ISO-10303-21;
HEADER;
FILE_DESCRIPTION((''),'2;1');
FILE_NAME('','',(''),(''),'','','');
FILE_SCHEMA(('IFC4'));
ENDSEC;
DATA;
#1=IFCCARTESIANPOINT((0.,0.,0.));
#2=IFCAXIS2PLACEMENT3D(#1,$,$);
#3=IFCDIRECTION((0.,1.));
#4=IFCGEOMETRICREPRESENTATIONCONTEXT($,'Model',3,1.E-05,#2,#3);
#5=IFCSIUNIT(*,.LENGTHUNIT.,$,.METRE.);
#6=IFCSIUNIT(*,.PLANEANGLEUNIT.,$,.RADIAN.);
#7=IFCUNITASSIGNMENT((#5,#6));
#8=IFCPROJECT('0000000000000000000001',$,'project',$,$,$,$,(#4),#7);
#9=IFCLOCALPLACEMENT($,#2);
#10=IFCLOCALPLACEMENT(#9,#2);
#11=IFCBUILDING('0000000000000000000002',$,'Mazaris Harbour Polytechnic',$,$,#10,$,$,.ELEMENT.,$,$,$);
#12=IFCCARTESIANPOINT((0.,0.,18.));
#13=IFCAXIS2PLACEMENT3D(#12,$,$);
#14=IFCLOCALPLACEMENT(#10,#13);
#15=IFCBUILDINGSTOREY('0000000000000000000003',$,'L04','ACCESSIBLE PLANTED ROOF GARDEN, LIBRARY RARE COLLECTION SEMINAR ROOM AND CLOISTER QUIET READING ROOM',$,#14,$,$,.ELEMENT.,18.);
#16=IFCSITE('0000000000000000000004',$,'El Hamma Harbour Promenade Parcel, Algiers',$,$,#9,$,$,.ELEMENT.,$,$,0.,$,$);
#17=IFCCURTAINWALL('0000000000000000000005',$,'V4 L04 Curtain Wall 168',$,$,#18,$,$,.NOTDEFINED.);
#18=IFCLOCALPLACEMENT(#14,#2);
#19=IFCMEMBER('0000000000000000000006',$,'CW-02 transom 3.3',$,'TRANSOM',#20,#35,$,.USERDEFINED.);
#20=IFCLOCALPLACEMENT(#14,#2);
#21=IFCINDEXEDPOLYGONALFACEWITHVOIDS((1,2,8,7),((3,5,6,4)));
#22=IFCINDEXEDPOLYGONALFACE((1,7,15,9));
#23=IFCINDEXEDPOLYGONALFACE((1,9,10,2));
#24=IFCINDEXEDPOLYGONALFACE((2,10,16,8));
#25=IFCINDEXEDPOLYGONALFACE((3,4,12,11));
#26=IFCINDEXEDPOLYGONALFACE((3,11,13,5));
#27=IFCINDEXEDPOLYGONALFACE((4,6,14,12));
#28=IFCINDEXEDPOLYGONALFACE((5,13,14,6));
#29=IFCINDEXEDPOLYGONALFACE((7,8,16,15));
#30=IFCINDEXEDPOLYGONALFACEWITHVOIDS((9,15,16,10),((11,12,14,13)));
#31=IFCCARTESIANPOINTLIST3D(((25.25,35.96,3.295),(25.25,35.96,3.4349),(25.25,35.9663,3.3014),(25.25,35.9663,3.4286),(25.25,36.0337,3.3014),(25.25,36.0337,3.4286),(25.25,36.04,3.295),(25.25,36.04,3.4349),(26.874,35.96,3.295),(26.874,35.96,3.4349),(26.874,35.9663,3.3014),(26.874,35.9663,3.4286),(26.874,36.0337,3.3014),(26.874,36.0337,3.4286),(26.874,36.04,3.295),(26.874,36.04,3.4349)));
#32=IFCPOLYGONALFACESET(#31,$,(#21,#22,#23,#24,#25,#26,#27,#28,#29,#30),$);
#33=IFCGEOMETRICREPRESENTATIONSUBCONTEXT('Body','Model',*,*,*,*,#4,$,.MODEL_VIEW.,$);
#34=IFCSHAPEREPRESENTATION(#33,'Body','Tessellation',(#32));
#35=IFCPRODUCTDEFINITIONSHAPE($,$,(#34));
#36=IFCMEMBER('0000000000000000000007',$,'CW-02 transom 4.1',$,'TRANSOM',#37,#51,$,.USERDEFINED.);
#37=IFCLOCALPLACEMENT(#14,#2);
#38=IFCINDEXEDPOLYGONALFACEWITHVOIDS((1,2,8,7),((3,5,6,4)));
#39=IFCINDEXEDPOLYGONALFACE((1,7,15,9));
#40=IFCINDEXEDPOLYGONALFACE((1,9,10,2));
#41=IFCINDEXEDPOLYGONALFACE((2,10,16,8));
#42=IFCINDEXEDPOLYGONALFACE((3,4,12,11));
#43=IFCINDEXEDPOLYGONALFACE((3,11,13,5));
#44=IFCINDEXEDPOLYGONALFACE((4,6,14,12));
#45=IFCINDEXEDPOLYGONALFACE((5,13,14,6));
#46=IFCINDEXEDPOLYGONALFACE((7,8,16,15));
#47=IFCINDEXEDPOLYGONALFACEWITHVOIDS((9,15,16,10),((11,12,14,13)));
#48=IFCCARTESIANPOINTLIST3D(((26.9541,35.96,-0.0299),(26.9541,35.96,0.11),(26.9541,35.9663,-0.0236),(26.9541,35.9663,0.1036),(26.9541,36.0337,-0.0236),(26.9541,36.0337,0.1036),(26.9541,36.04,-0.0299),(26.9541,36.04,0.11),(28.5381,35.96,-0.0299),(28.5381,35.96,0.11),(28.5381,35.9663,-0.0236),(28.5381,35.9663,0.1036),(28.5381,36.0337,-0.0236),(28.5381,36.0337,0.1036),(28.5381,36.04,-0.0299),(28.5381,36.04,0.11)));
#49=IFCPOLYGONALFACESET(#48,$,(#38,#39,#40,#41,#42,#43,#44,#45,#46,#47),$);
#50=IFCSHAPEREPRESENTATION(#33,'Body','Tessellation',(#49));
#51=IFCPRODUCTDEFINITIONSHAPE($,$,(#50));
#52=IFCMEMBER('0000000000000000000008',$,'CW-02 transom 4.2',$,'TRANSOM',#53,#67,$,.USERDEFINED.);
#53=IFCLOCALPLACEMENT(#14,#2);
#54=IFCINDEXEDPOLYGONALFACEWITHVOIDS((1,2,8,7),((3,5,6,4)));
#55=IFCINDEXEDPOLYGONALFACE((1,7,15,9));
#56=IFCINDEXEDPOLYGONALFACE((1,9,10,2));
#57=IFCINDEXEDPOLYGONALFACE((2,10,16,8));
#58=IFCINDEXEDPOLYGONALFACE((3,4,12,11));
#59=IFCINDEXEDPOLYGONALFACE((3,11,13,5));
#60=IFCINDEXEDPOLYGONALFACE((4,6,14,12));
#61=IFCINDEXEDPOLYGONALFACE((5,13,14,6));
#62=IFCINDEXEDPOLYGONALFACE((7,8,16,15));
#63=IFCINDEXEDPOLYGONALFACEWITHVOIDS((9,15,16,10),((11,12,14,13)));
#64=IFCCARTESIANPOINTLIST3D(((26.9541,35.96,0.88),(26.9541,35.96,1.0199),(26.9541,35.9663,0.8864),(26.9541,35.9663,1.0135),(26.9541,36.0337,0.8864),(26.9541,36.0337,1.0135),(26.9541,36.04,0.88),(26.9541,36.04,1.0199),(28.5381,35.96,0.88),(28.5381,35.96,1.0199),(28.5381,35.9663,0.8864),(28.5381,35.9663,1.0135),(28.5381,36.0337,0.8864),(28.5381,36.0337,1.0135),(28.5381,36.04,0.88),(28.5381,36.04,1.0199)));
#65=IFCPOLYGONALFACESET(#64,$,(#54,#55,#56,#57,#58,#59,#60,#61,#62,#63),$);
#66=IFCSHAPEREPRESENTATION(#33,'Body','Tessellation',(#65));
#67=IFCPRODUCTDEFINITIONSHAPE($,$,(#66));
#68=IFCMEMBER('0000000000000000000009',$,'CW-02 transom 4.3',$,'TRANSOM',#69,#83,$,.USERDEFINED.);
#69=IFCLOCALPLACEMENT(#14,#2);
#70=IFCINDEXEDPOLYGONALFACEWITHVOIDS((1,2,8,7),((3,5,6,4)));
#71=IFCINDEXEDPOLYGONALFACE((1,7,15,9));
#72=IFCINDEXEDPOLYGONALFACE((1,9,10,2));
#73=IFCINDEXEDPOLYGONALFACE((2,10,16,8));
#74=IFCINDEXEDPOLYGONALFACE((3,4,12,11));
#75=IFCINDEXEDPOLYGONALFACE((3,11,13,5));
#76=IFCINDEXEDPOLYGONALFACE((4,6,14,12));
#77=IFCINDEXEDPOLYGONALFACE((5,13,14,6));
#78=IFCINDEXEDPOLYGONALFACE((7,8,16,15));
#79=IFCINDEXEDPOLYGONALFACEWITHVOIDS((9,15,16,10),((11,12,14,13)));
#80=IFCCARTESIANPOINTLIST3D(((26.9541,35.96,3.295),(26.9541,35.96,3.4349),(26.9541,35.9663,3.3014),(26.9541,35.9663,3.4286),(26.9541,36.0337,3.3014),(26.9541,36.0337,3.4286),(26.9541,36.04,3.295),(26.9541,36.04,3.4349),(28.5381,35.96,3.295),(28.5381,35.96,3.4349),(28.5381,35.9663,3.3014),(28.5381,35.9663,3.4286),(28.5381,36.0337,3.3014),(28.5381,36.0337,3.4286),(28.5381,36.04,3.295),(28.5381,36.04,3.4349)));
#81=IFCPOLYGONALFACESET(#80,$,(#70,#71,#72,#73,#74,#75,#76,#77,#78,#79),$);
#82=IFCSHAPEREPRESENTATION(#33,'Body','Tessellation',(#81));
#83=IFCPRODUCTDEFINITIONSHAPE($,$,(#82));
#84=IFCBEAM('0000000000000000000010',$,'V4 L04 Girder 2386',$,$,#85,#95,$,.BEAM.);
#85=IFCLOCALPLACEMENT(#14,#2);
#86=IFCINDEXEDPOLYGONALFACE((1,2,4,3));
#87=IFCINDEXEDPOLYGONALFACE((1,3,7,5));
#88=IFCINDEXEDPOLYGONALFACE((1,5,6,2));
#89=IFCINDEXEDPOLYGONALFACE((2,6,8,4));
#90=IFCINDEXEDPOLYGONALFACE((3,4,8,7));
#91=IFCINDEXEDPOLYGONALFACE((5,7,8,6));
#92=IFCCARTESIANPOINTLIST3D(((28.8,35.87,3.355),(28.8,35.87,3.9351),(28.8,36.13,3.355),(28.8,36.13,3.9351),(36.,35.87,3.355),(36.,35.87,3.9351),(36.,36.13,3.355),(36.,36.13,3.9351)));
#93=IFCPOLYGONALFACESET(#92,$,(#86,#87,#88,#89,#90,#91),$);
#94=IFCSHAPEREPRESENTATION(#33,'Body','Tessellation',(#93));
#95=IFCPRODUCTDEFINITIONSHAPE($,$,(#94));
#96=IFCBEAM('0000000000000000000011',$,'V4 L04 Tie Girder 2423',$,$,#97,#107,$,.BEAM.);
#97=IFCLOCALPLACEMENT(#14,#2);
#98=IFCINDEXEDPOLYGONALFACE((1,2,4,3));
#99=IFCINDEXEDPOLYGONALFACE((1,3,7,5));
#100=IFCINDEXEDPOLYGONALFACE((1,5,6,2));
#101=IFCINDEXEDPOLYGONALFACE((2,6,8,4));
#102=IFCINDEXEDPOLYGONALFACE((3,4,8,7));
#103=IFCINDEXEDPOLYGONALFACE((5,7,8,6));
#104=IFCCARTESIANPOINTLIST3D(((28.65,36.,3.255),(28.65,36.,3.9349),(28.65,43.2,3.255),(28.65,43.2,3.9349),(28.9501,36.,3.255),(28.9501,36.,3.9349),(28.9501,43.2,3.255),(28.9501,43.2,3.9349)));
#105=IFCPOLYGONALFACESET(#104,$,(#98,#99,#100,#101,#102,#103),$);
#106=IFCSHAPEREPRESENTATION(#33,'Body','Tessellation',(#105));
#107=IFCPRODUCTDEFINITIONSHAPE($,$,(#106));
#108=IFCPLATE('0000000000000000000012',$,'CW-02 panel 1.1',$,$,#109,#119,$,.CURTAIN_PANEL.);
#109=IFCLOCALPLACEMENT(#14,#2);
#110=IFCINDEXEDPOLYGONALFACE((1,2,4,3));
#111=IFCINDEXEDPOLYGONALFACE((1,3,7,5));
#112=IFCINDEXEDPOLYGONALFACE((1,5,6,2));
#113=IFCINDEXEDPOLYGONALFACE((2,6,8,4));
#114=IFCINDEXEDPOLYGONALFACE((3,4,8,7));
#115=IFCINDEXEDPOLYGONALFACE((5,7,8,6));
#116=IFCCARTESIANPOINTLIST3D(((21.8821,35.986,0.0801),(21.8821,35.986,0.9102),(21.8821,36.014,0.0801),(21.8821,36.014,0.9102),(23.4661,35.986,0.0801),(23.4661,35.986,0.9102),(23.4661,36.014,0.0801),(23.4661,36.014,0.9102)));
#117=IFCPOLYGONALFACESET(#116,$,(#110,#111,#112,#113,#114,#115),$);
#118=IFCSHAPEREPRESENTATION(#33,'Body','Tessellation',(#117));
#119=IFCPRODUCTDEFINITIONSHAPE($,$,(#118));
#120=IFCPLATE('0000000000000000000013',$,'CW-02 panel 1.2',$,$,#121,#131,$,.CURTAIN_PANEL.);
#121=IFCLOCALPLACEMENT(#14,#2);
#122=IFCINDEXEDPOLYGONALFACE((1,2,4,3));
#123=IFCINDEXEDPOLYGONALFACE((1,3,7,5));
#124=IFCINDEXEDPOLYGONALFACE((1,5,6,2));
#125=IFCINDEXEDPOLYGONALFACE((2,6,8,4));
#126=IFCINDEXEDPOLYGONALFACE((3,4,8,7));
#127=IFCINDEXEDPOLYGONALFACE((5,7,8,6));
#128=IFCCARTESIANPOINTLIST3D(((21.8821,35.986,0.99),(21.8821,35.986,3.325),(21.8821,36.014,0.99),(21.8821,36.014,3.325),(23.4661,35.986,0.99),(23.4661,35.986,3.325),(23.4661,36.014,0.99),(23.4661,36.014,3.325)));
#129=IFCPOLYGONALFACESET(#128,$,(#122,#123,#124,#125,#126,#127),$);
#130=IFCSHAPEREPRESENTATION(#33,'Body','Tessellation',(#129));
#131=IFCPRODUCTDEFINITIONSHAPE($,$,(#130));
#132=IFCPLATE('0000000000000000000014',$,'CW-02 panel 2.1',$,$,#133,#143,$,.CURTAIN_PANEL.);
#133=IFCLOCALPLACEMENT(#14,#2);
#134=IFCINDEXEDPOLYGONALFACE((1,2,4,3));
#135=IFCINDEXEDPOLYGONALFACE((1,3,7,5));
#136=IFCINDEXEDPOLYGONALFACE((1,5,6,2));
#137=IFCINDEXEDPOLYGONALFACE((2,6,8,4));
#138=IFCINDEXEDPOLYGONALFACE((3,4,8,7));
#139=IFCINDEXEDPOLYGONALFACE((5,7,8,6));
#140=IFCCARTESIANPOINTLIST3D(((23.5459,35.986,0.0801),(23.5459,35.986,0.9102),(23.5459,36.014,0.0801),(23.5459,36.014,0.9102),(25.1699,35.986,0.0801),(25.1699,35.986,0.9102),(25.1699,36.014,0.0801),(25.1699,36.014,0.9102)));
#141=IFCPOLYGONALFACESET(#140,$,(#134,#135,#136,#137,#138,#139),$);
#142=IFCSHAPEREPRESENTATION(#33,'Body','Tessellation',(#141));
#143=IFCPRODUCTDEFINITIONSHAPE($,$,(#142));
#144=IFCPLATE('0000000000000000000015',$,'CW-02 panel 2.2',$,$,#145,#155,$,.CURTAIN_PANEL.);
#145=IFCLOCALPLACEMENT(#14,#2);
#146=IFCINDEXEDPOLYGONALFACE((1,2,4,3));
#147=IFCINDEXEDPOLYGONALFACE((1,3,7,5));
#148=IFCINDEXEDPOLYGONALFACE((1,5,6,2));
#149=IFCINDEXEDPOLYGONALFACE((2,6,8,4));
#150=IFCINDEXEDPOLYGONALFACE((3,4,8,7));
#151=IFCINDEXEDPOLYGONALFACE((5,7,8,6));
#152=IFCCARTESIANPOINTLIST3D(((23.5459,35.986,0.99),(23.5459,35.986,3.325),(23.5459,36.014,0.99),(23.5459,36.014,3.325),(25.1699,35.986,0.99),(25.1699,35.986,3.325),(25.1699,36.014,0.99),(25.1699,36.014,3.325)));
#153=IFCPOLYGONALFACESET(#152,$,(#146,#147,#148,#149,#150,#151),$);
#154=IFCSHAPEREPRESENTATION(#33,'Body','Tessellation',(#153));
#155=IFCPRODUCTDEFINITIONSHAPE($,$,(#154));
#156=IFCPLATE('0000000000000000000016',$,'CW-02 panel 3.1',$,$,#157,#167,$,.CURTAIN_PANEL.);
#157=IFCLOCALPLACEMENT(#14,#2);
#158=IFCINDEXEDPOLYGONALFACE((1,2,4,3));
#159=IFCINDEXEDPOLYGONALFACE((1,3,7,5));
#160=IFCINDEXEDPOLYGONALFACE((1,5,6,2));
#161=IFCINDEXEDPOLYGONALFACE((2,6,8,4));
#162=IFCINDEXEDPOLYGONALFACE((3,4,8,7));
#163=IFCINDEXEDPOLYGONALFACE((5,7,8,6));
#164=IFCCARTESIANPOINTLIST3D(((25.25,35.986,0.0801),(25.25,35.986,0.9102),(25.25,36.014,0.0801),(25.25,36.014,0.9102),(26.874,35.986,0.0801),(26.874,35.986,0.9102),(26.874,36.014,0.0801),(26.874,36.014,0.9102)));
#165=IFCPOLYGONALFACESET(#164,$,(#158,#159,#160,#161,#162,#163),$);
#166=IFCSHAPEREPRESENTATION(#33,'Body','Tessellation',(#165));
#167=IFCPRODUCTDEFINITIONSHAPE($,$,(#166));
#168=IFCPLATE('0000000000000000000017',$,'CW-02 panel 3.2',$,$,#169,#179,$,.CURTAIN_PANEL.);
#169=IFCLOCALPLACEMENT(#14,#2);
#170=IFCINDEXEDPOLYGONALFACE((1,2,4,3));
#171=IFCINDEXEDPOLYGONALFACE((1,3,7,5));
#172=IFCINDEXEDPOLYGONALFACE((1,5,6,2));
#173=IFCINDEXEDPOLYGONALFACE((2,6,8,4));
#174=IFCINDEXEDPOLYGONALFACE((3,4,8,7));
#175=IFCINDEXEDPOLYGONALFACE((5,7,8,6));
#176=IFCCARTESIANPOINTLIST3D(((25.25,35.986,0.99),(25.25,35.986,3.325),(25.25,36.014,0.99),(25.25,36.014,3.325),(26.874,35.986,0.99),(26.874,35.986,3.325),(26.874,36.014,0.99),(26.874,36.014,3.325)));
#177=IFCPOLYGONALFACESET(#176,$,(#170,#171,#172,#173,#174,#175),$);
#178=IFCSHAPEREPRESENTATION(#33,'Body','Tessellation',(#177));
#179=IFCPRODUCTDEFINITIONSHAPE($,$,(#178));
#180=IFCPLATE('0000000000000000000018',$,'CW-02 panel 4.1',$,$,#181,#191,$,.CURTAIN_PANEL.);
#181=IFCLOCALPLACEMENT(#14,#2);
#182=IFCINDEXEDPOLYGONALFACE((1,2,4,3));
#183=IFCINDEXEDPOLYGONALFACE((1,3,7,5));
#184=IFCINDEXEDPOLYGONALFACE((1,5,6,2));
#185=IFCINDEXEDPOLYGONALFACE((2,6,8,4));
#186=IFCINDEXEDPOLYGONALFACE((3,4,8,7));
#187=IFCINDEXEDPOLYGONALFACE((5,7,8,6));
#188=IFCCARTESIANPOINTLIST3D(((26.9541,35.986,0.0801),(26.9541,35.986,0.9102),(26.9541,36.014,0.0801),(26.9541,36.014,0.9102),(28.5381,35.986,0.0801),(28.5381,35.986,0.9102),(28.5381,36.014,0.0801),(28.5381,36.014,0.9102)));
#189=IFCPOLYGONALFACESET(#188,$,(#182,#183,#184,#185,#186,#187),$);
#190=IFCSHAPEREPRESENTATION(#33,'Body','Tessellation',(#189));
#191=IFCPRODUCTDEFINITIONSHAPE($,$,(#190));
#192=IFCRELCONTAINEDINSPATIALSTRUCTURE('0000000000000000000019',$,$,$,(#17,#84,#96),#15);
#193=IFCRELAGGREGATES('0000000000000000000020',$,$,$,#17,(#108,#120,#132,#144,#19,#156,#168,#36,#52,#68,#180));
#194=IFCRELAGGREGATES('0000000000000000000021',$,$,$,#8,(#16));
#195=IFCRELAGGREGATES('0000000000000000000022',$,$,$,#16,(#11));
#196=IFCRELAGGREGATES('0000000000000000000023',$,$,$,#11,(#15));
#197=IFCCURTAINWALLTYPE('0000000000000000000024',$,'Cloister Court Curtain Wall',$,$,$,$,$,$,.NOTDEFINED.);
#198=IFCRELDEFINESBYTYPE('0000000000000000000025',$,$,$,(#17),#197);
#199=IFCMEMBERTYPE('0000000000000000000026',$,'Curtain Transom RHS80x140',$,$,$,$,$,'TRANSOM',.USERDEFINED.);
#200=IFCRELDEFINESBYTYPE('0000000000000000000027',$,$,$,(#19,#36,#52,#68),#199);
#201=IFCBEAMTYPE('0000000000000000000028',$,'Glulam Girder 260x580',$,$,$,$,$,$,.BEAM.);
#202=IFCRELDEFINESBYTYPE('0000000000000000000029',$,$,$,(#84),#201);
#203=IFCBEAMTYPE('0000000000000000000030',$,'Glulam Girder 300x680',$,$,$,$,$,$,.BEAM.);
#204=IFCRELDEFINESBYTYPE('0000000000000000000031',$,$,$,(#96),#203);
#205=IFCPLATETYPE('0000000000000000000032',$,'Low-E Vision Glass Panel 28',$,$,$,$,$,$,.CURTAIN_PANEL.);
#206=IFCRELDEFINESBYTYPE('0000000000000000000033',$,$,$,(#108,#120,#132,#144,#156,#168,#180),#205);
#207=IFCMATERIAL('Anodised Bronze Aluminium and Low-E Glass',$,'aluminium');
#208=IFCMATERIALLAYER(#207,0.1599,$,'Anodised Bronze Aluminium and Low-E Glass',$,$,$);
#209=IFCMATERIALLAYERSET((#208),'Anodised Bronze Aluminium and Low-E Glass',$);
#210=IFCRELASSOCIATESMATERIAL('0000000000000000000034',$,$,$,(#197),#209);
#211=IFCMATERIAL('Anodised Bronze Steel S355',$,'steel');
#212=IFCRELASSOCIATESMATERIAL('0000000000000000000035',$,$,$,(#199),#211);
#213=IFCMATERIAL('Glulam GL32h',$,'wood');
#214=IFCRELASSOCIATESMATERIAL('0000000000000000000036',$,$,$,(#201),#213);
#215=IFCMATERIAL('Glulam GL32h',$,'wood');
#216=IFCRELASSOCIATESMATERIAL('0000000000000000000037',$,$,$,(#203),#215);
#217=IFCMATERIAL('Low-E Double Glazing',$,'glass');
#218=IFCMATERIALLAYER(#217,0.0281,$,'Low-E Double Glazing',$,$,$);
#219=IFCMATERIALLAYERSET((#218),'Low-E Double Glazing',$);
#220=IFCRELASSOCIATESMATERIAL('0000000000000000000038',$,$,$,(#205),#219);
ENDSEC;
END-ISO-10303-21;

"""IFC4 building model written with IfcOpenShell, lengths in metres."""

from ifc_helpers import new_model, si_unit, direction, frame, origin, origin_2d, place, context, subcontext, project, spatial, rectangle, hollow_rectangle, extrude, material, layer, layer_set, material_profile, profile_set, type_object, element, aggregate, save


model = new_model("IFC4")

# Units and contexts
model_context = context("Model", 3, precision=1e-05, world=origin(), true_north=direction((0.0, 1.0)))
body_context = subcontext(model_context, "Body", "Model", "MODEL_VIEW")
ifc_project = project(units=[si_unit("LENGTHUNIT", "METRE"), si_unit("PLANEANGLEUNIT", "RADIAN")], contexts=[model_context])

# Site, building, storey
site_placement = place(None, origin())
site = spatial("IfcSite", under=ifc_project, at=site_placement, Name="El Hamma Harbour Promenade Parcel, Algiers", CompositionType="ELEMENT", RefElevation=0.0)
building_placement = place(site_placement, origin())
building = spatial("IfcBuilding", under=site, at=building_placement, Name="Mazaris Harbour Polytechnic", CompositionType="ELEMENT")
storey_placement = place(building_placement, frame((0.0, 0.0, 18.0)))
storey = spatial("IfcBuildingStorey", under=building, at=storey_placement, Name="L04", Description="ACCESSIBLE PLANTED ROOF GARDEN, LIBRARY RARE COLLECTION SEMINAR ROOM AND CLOISTER QUIET READING ROOM", CompositionType="ELEMENT", Elevation=18.0)

# Curtain wall
ifc_material_1 = material(Name="Anodised Bronze Aluminium and Low-E Glass", Category="aluminium")
ifc_layer_1 = layer(ifc_material_1, 0.1599, Name="Anodised Bronze Aluminium and Low-E Glass")
ifc_layer_set_1 = layer_set([ifc_layer_1], Name="Anodised Bronze Aluminium and Low-E Glass")
curtain_wall_type = type_object("IfcCurtainWallType", Name="Cloister Court Curtain Wall", PredefinedType="NOTDEFINED", material=ifc_layer_set_1)
curtain_wall_1_placement = place(storey_placement, origin())
curtain_wall_1 = element("IfcCurtainWall", 1, at=curtain_wall_1_placement, inside=storey, type_object=curtain_wall_type, Name="V4 L04 Curtain Wall 168", PredefinedType="NOTDEFINED")

# Members
ifc_material_2 = material(Name="Anodised Bronze Steel S355", Category="steel")
ifc_material_profile_1 = material_profile(ifc_material_2, hollow_rectangle(XDim=0.0801, YDim=0.1399, WallThickness=0.0063, at=origin_2d()), Name="RHS 80x140x6.3")
ifc_profile_set_1 = profile_set([ifc_material_profile_1], Name="Anodised Bronze Steel S355")
member_type_1 = type_object("IfcMemberType", Name="Curtain Transom RHS80x140", ElementType="TRANSOM", PredefinedType="USERDEFINED", material=ifc_profile_set_1)
member_1_placement = place(storey_placement, frame((25.25, 36.0, 3.365), z_axis=(1.0, 0.0, 0.0), x_axis=(0.0, 1.0, 0.0)))
member_1 = element("IfcMember", 2, at=member_1_placement, type_object=member_type_1, Name="CW-02 transom 3.3", ObjectType="TRANSOM", PredefinedType="USERDEFINED", context=body_context, shape_type="SweptSolid", body=[
    extrude(hollow_rectangle(XDim=0.0801, YDim=0.1399, WallThickness=0.0063, at=origin_2d()), origin(), (0.0, 0.0, 1.0), 1.624),
])
member_2_placement = place(storey_placement, frame((26.9541, 36.0, 0.04), z_axis=(1.0, 0.0, 0.0), x_axis=(0.0, 1.0, 0.0)))
member_2 = element("IfcMember", 3, at=member_2_placement, type_object=member_type_1, Name="CW-02 transom 4.1", ObjectType="TRANSOM", PredefinedType="USERDEFINED", context=body_context, shape_type="SweptSolid", body=[
    extrude(hollow_rectangle(XDim=0.0801, YDim=0.1399, WallThickness=0.0063, at=origin_2d()), origin(), (0.0, 0.0, 1.0), 1.584),
])
member_3_placement = place(storey_placement, frame((26.9541, 36.0, 0.95), z_axis=(1.0, 0.0, 0.0), x_axis=(0.0, 1.0, 0.0)))
member_3 = element("IfcMember", 4, at=member_3_placement, type_object=member_type_1, Name="CW-02 transom 4.2", ObjectType="TRANSOM", PredefinedType="USERDEFINED", context=body_context, shape_type="SweptSolid", body=[
    extrude(hollow_rectangle(XDim=0.0801, YDim=0.1399, WallThickness=0.0063, at=origin_2d()), origin(), (0.0, 0.0, 1.0), 1.584),
])
member_4_placement = place(storey_placement, frame((26.9541, 36.0, 3.365), z_axis=(1.0, 0.0, 0.0), x_axis=(0.0, 1.0, 0.0)))
member_4 = element("IfcMember", 5, at=member_4_placement, type_object=member_type_1, Name="CW-02 transom 4.3", ObjectType="TRANSOM", PredefinedType="USERDEFINED", context=body_context, shape_type="SweptSolid", body=[
    extrude(hollow_rectangle(XDim=0.0801, YDim=0.1399, WallThickness=0.0063, at=origin_2d()), origin(), (0.0, 0.0, 1.0), 1.584),
])

# Beams
ifc_material_3 = material(Name="Glulam GL32h", Category="wood")
ifc_material_profile_2 = material_profile(ifc_material_3, rectangle(XDim=0.26, YDim=0.5801, at=origin_2d()), Name="RECT260x580")
ifc_profile_set_2 = profile_set([ifc_material_profile_2], Name="Glulam GL32h")
beam_type_1 = type_object("IfcBeamType", Name="Glulam Girder 260x580", PredefinedType="BEAM", material=ifc_profile_set_2)
beam_1_placement = place(storey_placement, frame((28.8, 36.0, 3.645), z_axis=(1.0, 0.0, 0.0), x_axis=(0.0, 1.0, 0.0)))
element("IfcBeam", 6, at=beam_1_placement, inside=storey, type_object=beam_type_1, Name="V4 L04 Girder 2386", PredefinedType="BEAM", context=body_context, shape_type="SweptSolid", body=[
    extrude(rectangle(XDim=0.26, YDim=0.5801, at=origin_2d()), origin(), (0.0, 0.0, 1.0), 7.2),
])
ifc_material_4 = material(Name="Glulam GL32h", Category="wood")
ifc_material_profile_3 = material_profile(ifc_material_4, rectangle(XDim=0.3, YDim=0.6799, at=origin_2d()), Name="RECT300x680")
ifc_profile_set_3 = profile_set([ifc_material_profile_3], Name="Glulam GL32h")
beam_type_2 = type_object("IfcBeamType", Name="Glulam Girder 300x680", PredefinedType="BEAM", material=ifc_profile_set_3)
beam_2_placement = place(storey_placement, frame((28.8, 36.0, 3.595), z_axis=(0.0, 1.0, 0.0), x_axis=(-1.0, 0.0, 0.0)))
element("IfcBeam", 7, at=beam_2_placement, inside=storey, type_object=beam_type_2, Name="V4 L04 Tie Girder 2423", PredefinedType="BEAM", context=body_context, shape_type="SweptSolid", body=[
    extrude(rectangle(XDim=0.3, YDim=0.6799, at=origin_2d()), origin(), (0.0, 0.0, 1.0), 7.2),
])

# Plates
ifc_material_5 = material(Name="Low-E Double Glazing", Category="glass")
ifc_layer_2 = layer(ifc_material_5, 0.0281, Name="Low-E Double Glazing")
ifc_layer_set_2 = layer_set([ifc_layer_2], Name="Low-E Double Glazing")
plate_type = type_object("IfcPlateType", Name="Low-E Vision Glass Panel 28", PredefinedType="CURTAIN_PANEL", material=ifc_layer_set_2)
plate_1_placement = place(storey_placement, frame((22.6741, 36.0, 0.0801), z_axis=(0.0, 0.0, 1.0), x_axis=(1.0, 0.0, 0.0)))
plate_1 = element("IfcPlate", 8, at=plate_1_placement, type_object=plate_type, Name="CW-02 panel 1.1", PredefinedType="CURTAIN_PANEL", context=body_context, shape_type="SweptSolid", body=[
    extrude(rectangle(XDim=1.584, YDim=0.0281, at=origin_2d()), origin(), (0.0, 0.0, 1.0), 0.8301),
])
plate_2_placement = place(storey_placement, frame((22.6741, 36.0, 0.99), z_axis=(0.0, 0.0, 1.0), x_axis=(1.0, 0.0, 0.0)))
plate_2 = element("IfcPlate", 9, at=plate_2_placement, type_object=plate_type, Name="CW-02 panel 1.2", PredefinedType="CURTAIN_PANEL", context=body_context, shape_type="SweptSolid", body=[
    extrude(rectangle(XDim=1.584, YDim=0.0281, at=origin_2d()), origin(), (0.0, 0.0, 1.0), 2.335),
])
plate_3_placement = place(storey_placement, frame((24.3579, 36.0, 0.0801), z_axis=(0.0, 0.0, 1.0), x_axis=(1.0, 0.0, 0.0)))
plate_3 = element("IfcPlate", 10, at=plate_3_placement, type_object=plate_type, Name="CW-02 panel 2.1", PredefinedType="CURTAIN_PANEL", context=body_context, shape_type="SweptSolid", body=[
    extrude(rectangle(XDim=1.624, YDim=0.0281, at=origin_2d()), origin(), (0.0, 0.0, 1.0), 0.8301),
])
plate_4_placement = place(storey_placement, frame((24.3579, 36.0, 0.99), z_axis=(0.0, 0.0, 1.0), x_axis=(1.0, 0.0, 0.0)))
plate_4 = element("IfcPlate", 11, at=plate_4_placement, type_object=plate_type, Name="CW-02 panel 2.2", PredefinedType="CURTAIN_PANEL", context=body_context, shape_type="SweptSolid", body=[
    extrude(rectangle(XDim=1.624, YDim=0.0281, at=origin_2d()), origin(), (0.0, 0.0, 1.0), 2.335),
])
plate_5_placement = place(storey_placement, frame((26.062, 36.0, 0.0801), z_axis=(0.0, 0.0, 1.0), x_axis=(1.0, 0.0, 0.0)))
plate_5 = element("IfcPlate", 12, at=plate_5_placement, type_object=plate_type, Name="CW-02 panel 3.1", PredefinedType="CURTAIN_PANEL", context=body_context, shape_type="SweptSolid", body=[
    extrude(rectangle(XDim=1.624, YDim=0.0281, at=origin_2d()), origin(), (0.0, 0.0, 1.0), 0.8301),
])
plate_6_placement = place(storey_placement, frame((26.062, 36.0, 0.99), z_axis=(0.0, 0.0, 1.0), x_axis=(1.0, 0.0, 0.0)))
plate_6 = element("IfcPlate", 13, at=plate_6_placement, type_object=plate_type, Name="CW-02 panel 3.2", PredefinedType="CURTAIN_PANEL", context=body_context, shape_type="SweptSolid", body=[
    extrude(rectangle(XDim=1.624, YDim=0.0281, at=origin_2d()), origin(), (0.0, 0.0, 1.0), 2.335),
])
plate_7_placement = place(storey_placement, frame((27.7461, 36.0, 0.0801), z_axis=(0.0, 0.0, 1.0), x_axis=(1.0, 0.0, 0.0)))
plate_7 = element("IfcPlate", 14, at=plate_7_placement, type_object=plate_type, Name="CW-02 panel 4.1", PredefinedType="CURTAIN_PANEL", context=body_context, shape_type="SweptSolid", body=[
    extrude(rectangle(XDim=1.584, YDim=0.0281, at=origin_2d()), origin(), (0.0, 0.0, 1.0), 0.8301),
])
aggregate(curtain_wall_1, [plate_1, plate_2, plate_3, plate_4, member_1, plate_5, plate_6, member_2, member_3, member_4, plate_7])

save(model, "model.ifc")
